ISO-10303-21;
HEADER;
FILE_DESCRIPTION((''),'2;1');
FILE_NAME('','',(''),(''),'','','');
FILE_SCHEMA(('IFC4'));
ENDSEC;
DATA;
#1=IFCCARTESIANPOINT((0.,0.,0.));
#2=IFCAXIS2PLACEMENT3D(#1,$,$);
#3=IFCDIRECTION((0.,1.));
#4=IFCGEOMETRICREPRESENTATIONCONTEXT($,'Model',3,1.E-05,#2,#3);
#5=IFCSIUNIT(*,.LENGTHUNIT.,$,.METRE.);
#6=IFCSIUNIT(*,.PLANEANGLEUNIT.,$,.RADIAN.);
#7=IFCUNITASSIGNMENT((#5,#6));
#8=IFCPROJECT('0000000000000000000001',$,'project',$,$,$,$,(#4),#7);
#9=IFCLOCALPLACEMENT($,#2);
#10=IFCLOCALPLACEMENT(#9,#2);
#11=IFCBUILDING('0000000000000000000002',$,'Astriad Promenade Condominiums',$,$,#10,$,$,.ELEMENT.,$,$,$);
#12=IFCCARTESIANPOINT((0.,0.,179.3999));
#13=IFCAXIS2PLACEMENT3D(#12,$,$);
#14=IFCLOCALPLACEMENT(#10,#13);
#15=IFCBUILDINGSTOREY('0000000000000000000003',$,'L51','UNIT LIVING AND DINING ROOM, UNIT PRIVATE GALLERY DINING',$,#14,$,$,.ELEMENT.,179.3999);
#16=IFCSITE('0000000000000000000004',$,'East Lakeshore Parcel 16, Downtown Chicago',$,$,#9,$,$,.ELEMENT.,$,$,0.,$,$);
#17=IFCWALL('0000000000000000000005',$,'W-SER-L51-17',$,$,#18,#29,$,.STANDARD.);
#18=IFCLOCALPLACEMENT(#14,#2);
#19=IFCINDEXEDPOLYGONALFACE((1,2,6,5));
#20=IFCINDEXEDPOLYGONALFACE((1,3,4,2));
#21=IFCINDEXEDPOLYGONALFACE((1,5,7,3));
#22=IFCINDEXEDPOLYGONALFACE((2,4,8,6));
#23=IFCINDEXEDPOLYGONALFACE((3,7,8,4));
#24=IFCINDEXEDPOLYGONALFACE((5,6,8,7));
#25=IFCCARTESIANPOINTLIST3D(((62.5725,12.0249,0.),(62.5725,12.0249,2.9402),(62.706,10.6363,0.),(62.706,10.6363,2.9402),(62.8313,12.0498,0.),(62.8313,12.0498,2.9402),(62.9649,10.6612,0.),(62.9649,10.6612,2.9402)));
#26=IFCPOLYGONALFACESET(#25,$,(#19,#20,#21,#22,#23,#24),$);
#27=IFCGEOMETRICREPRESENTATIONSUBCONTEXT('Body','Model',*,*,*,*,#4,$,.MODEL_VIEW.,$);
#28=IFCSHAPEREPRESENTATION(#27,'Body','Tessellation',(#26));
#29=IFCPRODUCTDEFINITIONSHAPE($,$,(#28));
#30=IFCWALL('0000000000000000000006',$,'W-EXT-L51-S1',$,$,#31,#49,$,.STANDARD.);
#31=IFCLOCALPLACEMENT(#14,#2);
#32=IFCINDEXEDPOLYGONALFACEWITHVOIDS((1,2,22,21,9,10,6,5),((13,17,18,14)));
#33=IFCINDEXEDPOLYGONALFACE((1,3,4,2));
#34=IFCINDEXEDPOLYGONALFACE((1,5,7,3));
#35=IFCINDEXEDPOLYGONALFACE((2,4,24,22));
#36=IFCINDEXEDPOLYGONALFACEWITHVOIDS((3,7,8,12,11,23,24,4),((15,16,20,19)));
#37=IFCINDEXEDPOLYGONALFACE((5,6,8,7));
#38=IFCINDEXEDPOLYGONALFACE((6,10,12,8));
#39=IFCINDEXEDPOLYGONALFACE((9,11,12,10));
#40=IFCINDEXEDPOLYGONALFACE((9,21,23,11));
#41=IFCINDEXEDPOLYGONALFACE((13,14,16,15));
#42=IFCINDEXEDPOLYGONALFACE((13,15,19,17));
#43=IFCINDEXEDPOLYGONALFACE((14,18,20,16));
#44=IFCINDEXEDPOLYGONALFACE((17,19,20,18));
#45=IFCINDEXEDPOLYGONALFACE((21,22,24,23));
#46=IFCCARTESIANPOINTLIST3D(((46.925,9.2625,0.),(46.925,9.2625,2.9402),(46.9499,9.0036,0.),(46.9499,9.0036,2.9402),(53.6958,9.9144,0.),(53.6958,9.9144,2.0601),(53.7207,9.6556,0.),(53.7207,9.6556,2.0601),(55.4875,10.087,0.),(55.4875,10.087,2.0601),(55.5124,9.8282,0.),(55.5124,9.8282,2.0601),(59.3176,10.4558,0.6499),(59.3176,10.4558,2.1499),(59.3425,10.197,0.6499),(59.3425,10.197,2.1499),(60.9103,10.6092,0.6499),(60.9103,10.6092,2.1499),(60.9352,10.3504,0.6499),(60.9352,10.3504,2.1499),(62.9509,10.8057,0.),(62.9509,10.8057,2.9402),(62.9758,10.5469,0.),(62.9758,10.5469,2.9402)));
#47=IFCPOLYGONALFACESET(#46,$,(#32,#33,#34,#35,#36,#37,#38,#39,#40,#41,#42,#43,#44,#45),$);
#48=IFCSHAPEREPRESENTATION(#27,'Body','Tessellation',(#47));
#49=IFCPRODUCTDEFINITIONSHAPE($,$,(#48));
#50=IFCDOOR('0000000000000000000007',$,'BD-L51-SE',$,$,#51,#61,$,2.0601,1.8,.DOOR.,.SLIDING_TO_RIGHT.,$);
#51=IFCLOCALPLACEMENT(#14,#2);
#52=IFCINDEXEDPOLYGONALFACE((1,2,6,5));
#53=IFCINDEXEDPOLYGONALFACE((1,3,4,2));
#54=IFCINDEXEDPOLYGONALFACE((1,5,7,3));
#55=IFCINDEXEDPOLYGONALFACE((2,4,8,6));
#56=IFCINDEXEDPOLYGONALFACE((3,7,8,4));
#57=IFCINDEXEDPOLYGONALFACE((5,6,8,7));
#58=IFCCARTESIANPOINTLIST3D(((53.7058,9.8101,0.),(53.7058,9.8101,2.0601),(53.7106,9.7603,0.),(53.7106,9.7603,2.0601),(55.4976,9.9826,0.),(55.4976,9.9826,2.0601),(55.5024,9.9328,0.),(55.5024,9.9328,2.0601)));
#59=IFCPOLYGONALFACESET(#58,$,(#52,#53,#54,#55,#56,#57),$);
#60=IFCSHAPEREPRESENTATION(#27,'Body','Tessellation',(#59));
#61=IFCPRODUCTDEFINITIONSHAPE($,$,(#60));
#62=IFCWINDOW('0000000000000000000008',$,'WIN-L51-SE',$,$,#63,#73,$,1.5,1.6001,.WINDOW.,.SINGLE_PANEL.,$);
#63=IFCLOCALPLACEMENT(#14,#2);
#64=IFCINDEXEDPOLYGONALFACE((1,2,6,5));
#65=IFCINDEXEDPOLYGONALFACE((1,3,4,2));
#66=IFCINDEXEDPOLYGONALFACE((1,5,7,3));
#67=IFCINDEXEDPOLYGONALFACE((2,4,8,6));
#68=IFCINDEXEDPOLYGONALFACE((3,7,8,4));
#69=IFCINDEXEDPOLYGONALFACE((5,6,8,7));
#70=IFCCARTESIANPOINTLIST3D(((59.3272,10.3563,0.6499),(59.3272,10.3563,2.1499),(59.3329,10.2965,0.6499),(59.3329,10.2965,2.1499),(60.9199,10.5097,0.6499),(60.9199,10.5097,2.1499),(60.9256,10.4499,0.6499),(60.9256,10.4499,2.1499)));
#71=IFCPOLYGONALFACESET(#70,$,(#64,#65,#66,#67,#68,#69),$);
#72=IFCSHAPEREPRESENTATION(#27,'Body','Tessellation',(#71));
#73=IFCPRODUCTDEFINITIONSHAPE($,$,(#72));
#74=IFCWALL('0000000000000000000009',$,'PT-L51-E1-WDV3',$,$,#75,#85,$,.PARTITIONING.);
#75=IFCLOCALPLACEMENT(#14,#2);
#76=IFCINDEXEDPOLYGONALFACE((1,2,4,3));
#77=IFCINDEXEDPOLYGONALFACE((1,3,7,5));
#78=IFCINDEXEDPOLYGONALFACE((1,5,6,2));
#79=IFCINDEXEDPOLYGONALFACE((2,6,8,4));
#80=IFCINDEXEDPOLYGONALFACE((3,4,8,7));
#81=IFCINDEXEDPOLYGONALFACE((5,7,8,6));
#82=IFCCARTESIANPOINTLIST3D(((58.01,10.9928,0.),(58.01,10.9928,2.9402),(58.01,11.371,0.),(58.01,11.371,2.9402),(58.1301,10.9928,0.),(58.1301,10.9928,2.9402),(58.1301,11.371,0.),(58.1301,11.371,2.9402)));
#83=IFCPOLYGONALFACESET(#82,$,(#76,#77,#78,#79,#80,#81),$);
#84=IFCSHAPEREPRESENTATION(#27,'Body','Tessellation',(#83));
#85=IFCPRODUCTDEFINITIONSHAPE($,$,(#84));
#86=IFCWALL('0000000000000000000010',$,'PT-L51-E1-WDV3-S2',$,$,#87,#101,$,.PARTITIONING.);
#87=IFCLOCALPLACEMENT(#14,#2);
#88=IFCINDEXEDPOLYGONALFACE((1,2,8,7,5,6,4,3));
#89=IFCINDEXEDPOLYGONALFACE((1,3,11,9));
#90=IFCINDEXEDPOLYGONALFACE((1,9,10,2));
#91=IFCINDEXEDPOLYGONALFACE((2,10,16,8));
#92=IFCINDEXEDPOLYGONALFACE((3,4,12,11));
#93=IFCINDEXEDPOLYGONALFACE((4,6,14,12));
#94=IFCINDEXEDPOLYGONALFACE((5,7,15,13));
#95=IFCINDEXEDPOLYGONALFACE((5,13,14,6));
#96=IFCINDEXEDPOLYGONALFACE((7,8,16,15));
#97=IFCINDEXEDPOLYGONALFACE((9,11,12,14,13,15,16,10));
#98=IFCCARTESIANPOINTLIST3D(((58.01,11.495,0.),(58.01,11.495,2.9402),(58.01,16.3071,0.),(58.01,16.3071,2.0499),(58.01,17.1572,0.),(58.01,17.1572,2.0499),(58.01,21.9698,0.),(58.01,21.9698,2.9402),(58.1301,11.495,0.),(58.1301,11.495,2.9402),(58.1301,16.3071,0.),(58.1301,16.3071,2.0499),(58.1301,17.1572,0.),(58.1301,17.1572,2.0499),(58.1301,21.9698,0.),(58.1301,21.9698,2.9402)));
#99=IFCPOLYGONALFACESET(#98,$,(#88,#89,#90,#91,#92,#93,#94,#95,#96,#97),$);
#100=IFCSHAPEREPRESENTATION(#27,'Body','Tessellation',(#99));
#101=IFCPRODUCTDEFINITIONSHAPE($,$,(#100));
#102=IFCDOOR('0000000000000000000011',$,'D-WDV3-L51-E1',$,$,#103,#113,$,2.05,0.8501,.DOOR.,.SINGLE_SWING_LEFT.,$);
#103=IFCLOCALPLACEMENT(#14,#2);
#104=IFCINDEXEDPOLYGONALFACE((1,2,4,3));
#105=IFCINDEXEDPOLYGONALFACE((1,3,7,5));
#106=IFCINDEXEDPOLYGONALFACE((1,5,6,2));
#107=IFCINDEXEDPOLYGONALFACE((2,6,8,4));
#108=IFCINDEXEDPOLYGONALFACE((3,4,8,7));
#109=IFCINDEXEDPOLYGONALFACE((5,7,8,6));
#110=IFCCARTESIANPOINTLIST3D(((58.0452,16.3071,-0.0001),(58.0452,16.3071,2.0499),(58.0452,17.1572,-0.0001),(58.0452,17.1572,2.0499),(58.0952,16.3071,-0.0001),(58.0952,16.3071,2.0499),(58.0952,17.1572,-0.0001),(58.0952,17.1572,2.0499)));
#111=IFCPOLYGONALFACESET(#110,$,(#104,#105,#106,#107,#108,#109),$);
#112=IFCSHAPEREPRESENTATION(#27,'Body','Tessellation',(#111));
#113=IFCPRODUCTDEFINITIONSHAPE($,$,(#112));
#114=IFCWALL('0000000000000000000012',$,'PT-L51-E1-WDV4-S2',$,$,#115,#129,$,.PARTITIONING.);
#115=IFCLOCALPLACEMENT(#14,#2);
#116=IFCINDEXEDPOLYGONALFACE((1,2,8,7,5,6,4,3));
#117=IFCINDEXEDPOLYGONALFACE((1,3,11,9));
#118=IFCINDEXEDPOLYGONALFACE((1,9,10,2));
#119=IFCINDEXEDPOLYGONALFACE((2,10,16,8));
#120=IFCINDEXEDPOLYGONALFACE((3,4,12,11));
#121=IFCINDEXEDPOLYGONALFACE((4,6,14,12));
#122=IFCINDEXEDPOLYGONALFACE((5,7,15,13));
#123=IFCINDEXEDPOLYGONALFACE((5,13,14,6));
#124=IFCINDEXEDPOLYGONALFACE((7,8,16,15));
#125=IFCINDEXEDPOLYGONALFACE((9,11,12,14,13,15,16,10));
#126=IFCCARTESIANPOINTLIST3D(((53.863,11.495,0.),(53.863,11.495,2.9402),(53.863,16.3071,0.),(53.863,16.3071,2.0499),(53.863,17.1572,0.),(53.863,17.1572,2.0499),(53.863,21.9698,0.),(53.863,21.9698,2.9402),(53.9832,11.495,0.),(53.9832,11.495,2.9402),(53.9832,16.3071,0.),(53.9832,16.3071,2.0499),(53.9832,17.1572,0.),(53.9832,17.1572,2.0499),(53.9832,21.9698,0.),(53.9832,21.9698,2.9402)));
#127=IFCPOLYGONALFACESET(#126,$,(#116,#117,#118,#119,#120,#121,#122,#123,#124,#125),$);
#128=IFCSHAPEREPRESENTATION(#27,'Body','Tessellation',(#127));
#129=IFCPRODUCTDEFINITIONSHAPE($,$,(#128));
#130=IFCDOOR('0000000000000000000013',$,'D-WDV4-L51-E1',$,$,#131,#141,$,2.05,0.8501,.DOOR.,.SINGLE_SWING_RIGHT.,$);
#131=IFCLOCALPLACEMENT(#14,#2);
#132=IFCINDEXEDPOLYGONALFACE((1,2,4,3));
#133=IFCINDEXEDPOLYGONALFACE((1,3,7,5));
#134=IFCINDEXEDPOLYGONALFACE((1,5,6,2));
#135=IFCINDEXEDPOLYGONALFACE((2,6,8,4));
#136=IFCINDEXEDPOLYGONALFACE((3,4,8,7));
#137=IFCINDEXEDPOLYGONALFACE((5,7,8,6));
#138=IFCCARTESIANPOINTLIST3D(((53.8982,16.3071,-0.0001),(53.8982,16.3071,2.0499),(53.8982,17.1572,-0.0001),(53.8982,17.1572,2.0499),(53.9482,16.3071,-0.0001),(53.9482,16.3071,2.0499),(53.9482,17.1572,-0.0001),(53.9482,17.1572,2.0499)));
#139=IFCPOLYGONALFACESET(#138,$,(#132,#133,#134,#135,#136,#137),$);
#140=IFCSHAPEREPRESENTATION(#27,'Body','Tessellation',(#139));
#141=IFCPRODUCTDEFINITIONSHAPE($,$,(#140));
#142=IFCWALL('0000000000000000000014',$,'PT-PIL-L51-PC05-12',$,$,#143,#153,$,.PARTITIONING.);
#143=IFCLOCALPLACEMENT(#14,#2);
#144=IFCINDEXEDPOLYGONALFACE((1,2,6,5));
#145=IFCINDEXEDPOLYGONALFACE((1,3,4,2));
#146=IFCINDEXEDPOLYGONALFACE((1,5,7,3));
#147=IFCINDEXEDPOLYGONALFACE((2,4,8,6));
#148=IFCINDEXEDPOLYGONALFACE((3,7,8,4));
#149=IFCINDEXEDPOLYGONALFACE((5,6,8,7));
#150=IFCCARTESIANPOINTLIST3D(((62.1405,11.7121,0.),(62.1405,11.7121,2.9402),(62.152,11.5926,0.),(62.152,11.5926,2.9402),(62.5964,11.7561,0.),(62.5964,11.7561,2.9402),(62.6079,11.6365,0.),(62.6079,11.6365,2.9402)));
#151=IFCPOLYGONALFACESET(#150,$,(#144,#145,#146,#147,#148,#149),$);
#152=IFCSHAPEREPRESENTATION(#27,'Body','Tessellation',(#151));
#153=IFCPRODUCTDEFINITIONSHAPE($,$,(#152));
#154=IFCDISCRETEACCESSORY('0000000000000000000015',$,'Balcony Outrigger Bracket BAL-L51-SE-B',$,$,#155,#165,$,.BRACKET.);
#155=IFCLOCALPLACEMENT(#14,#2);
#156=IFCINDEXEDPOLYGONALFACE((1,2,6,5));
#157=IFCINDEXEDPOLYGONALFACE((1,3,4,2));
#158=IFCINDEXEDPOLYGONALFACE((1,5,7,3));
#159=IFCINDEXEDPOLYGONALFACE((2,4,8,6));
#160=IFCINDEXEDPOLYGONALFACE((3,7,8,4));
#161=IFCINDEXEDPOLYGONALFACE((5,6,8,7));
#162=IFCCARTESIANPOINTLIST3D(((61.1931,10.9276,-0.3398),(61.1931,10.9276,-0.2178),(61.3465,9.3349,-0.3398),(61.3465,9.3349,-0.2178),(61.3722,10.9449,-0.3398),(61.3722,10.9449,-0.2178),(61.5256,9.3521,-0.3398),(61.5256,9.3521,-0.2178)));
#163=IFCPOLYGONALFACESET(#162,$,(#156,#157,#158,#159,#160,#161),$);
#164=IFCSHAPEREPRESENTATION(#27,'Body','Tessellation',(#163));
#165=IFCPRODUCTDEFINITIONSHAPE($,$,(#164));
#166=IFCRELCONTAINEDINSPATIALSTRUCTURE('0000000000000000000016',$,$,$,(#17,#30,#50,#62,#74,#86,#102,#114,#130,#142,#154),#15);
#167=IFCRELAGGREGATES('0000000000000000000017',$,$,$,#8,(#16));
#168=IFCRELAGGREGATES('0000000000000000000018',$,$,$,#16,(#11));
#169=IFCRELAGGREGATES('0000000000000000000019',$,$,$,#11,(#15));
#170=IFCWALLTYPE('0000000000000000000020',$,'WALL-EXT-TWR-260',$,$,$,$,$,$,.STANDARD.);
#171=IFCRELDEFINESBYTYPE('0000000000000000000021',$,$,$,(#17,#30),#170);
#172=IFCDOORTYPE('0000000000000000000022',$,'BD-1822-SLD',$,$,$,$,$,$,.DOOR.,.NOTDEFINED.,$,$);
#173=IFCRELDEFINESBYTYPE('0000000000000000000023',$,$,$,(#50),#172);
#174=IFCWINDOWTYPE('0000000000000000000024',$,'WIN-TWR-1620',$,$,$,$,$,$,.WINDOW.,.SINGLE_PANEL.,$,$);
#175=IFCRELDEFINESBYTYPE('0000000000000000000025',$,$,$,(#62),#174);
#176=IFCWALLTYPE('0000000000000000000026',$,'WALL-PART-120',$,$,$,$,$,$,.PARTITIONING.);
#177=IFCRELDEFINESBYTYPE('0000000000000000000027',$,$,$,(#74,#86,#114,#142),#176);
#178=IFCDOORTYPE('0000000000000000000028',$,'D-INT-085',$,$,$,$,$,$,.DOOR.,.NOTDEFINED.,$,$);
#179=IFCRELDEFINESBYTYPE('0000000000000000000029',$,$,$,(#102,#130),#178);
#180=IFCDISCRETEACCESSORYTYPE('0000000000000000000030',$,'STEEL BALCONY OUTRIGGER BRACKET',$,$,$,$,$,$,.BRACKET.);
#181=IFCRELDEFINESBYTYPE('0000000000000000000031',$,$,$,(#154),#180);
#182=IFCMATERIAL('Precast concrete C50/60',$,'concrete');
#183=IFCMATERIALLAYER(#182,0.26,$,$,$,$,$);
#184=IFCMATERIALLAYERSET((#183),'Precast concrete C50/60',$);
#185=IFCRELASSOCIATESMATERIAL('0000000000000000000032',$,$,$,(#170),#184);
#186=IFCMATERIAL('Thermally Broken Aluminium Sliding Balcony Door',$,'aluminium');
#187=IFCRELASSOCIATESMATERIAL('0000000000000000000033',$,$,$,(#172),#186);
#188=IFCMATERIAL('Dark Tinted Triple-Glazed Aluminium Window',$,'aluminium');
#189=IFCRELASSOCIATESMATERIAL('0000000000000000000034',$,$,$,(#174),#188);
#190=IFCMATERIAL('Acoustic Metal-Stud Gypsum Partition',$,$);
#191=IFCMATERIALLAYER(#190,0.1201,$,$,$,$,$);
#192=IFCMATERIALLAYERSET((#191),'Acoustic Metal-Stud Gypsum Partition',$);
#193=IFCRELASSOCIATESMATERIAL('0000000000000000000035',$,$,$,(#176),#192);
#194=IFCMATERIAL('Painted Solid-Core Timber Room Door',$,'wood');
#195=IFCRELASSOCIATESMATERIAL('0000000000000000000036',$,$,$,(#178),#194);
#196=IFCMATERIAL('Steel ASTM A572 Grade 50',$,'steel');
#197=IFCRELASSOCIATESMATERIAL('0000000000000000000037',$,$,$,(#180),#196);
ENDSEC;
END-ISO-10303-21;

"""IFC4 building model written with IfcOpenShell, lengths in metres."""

from ifc_helpers import new_model, si_unit, direction, frame, frame_2d, origin, origin_2d, place, context, subcontext, project, spatial, rectangle, extrude, source, transform, mapped, material, layer, layer_set, type_object, type_shapes, element, fill, save


model = new_model("IFC4")

# Units and contexts
model_context = context("Model", 3, precision=1e-05, world=origin(), true_north=direction((0.0, 1.0)))
body_context = subcontext(model_context, "Body", "Model", "MODEL_VIEW")
ifc_project = project(units=[si_unit("LENGTHUNIT", "METRE"), si_unit("PLANEANGLEUNIT", "RADIAN")], contexts=[model_context])

# Site, building, storey
site_placement = place(None, origin())
site = spatial("IfcSite", under=ifc_project, at=site_placement, Name="East Lakeshore Parcel 16, Downtown Chicago", CompositionType="ELEMENT", RefElevation=0.0)
building_placement = place(site_placement, origin())
building = spatial("IfcBuilding", under=site, at=building_placement, Name="Astriad Promenade Condominiums", CompositionType="ELEMENT")
storey_placement = place(building_placement, frame((0.0, 0.0, 179.3999)))
storey = spatial("IfcBuildingStorey", under=building, at=storey_placement, Name="L51", Description="UNIT LIVING AND DINING ROOM, UNIT PRIVATE GALLERY DINING", CompositionType="ELEMENT", Elevation=179.3999)

# Wall
ifc_material_1 = material(Name="Precast concrete C50/60", Category="concrete")
ifc_layer_1 = layer(ifc_material_1, 0.26)
ifc_layer_set_1 = layer_set([ifc_layer_1], Name="Precast concrete C50/60")
wall_type_1 = type_object("IfcWallType", Name="WALL-EXT-TWR-260", PredefinedType="STANDARD", material=ifc_layer_set_1)
for number, where, z_axis, x_axis, name in (
    (1, (62.7019, 12.0374, 0.0), (0.0, 0.0, 1.0), (0.095726, -0.995408, 0.0), "W-SER-L51-17"),
):
    element("IfcWall", number, at=place(storey_placement, frame(where, z_axis=z_axis, x_axis=x_axis)), inside=storey, type_object=wall_type_1, Name=name, PredefinedType="STANDARD", context=body_context, shape_type="SweptSolid", body=[
        extrude(rectangle(XDim=1.395, YDim=0.26, at=frame_2d((0.6975, 0.0))), origin(), (0.0, 0.0, 1.0), 2.9402),
    ])

# Wall, openings, door, window
wall_1_placement = place(storey_placement, frame((62.9634, 10.6763, 0.0), z_axis=(0.0, 0.0, 1.0), x_axis=(-0.995396, -0.095852, 0.0)))
wall_1 = element("IfcWall", 2, at=wall_1_placement, inside=storey, type_object=wall_type_1, Name="W-EXT-L51-S1", PredefinedType="STANDARD", context=body_context, shape_type="SweptSolid", body=[
    extrude(rectangle(XDim=16.1001, YDim=0.26, at=frame_2d((8.05, 0.0))), origin(), (0.0, 0.0, 1.0), 2.9402),
])
opening_1_placement = place(wall_1_placement, frame((7.498, 0.0, 0.0)))
opening_1 = element("IfcOpeningElement", 3, at=opening_1_placement, cuts=wall_1, PredefinedType="OPENING", context=body_context, shape_type="SweptSolid", body=[
    extrude(rectangle(XDim=1.8, YDim=2.0601, at=frame_2d((0.8999, 1.03))), frame((0.0, 0.1399, 0.0), z_axis=(0.0, -1.0, 0.0), x_axis=(1.0, 0.0, 0.0)), (0.0, 0.0, 1.0), 0.28),
])
opening_2_placement = place(wall_1_placement, frame((2.05, 0.0, 0.6499)))
opening_2 = element("IfcOpeningElement", 4, at=opening_2_placement, cuts=wall_1, PredefinedType="OPENING", context=body_context, shape_type="SweptSolid", body=[
    extrude(rectangle(XDim=1.6001, YDim=1.5, at=frame_2d((0.8, 0.75))), frame((0.0, 0.1399, 0.0), z_axis=(0.0, -1.0, 0.0), x_axis=(1.0, 0.0, 0.0)), (0.0, 0.0, 1.0), 0.28),
])
ifc_material_2 = material(Name="Thermally Broken Aluminium Sliding Balcony Door", Category="aluminium")
door_type_1 = type_object("IfcDoorType", Name="BD-1822-SLD", OperationType="NOTDEFINED", PredefinedType="DOOR", material=ifc_material_2)
shared_shape_1 = source(origin(), body_context, "Body", "SweptSolid", [
    extrude(rectangle(XDim=1.8, YDim=2.0601, at=frame_2d((0.8999, 1.03))), frame((0.0, 0.0249, 0.0), z_axis=(0.0, -1.0, 0.0), x_axis=(1.0, 0.0, 0.0)), (0.0, 0.0, 1.0), 0.05),
])
type_shapes(door_type_1, [shared_shape_1])
door_1_placement = place(opening_1_placement, origin())
door_1 = element("IfcDoor", 5, at=door_1_placement, inside=storey, type_object=door_type_1, Name="BD-L51-SE", OperationType="SLIDING_TO_RIGHT", OverallHeight=2.0601, OverallWidth=1.8, PredefinedType="DOOR", context=body_context, shape_type="MappedRepresentation", body=[
    mapped(shared_shape_1, transform((0.0, 0.0, 0.0), scale=1.0)),
])
fill(opening_1, door_1)
ifc_material_3 = material(Name="Dark Tinted Triple-Glazed Aluminium Window", Category="aluminium")
window_type = type_object("IfcWindowType", Name="WIN-TWR-1620", PartitioningType="SINGLE_PANEL", PredefinedType="WINDOW", material=ifc_material_3)
shared_shape_2 = source(origin(), body_context, "Body", "SweptSolid", [
    extrude(rectangle(XDim=1.6001, YDim=1.5, at=frame_2d((0.8, 0.75))), frame((0.0, 0.03, 0.0), z_axis=(0.0, -1.0, 0.0), x_axis=(1.0, 0.0, 0.0)), (0.0, 0.0, 1.0), 0.0601),
])
type_shapes(window_type, [shared_shape_2])
window_placement = place(opening_2_placement, origin())
window = element("IfcWindow", 6, at=window_placement, inside=storey, type_object=window_type, Name="WIN-L51-SE", OverallHeight=1.5, OverallWidth=1.6001, PartitioningType="SINGLE_PANEL", PredefinedType="WINDOW", context=body_context, shape_type="MappedRepresentation", body=[
    mapped(shared_shape_2, transform((0.0, 0.0, 0.0), scale=1.0)),
])
fill(opening_2, window)

# Wall
ifc_material_4 = material(Name="Acoustic Metal-Stud Gypsum Partition")
ifc_layer_2 = layer(ifc_material_4, 0.1201)
ifc_layer_set_2 = layer_set([ifc_layer_2], Name="Acoustic Metal-Stud Gypsum Partition")
wall_type_2 = type_object("IfcWallType", Name="WALL-PART-120", PredefinedType="PARTITIONING", material=ifc_layer_set_2)
wall_2_placement = place(storey_placement, frame((58.0701, 10.9929, 0.0), z_axis=(0.0, 0.0, 1.0), x_axis=(0.0, 1.0, 0.0)))
element("IfcWall", 7, at=wall_2_placement, inside=storey, type_object=wall_type_2, Name="PT-L51-E1-WDV3", PredefinedType="PARTITIONING", context=body_context, shape_type="SweptSolid", body=[
    extrude(rectangle(XDim=0.3782, YDim=0.1201, at=frame_2d((0.189, 0.0))), origin(), (0.0, 0.0, 1.0), 2.9402),
])

# Walls, openings, doors
wall_3_placement = place(storey_placement, frame((58.0701, 11.4951, 0.0), z_axis=(0.0, 0.0, 1.0), x_axis=(0.0, 1.0, 0.0)))
wall_3 = element("IfcWall", 8, at=wall_3_placement, inside=storey, type_object=wall_type_2, Name="PT-L51-E1-WDV3-S2", PredefinedType="PARTITIONING", context=body_context, shape_type="SweptSolid", body=[
    extrude(rectangle(XDim=10.4749, YDim=0.1201, at=frame_2d((5.2373, 0.0))), origin(), (0.0, 0.0, 1.0), 2.9402),
])
opening_3_placement = place(wall_3_placement, frame((4.812, 0.0, 0.0)))
opening_3 = element("IfcOpeningElement", 9, at=opening_3_placement, cuts=wall_3, PredefinedType="OPENING", context=body_context, shape_type="SweptSolid", body=[
    extrude(rectangle(XDim=0.8501, YDim=2.05, at=frame_2d((0.425, 1.0249))), frame((0.0, 0.0701, 0.0), z_axis=(0.0, -1.0, 0.0), x_axis=(1.0, 0.0, 0.0)), (0.0, 0.0, 1.0), 0.1401),
])
ifc_material_5 = material(Name="Painted Solid-Core Timber Room Door", Category="wood")
door_type_2 = type_object("IfcDoorType", Name="D-INT-085", OperationType="NOTDEFINED", PredefinedType="DOOR", material=ifc_material_5)
shared_shape_3 = source(origin(), body_context, "Body", "SweptSolid", [
    extrude(rectangle(XDim=0.8501, YDim=2.05, at=frame_2d((0.425, 1.0249))), frame((0.0, 0.0249, 0.0), z_axis=(0.0, -1.0, 0.0), x_axis=(1.0, 0.0, 0.0)), (0.0, 0.0, 1.0), 0.05),
])
type_shapes(door_type_2, [shared_shape_3])
door_2_placement = place(opening_3_placement, origin())
door_2 = element("IfcDoor", 10, at=door_2_placement, inside=storey, type_object=door_type_2, Name="D-WDV3-L51-E1", OperationType="SINGLE_SWING_LEFT", OverallHeight=2.05, OverallWidth=0.8501, PredefinedType="DOOR", context=body_context, shape_type="MappedRepresentation", body=[
    mapped(shared_shape_3, transform((0.0, 0.0, 0.0), scale=1.0)),
])
fill(opening_3, door_2)
wall_4_placement = place(storey_placement, frame((53.9231, 11.4951, 0.0), z_axis=(0.0, 0.0, 1.0), x_axis=(0.0, 1.0, 0.0)))
wall_4 = element("IfcWall", 11, at=wall_4_placement, inside=storey, type_object=wall_type_2, Name="PT-L51-E1-WDV4-S2", PredefinedType="PARTITIONING", context=body_context, shape_type="SweptSolid", body=[
    extrude(rectangle(XDim=10.4749, YDim=0.1201, at=frame_2d((5.2373, 0.0))), origin(), (0.0, 0.0, 1.0), 2.9402),
])
opening_4_placement = place(wall_4_placement, frame((4.812, 0.0, 0.0)))
opening_4 = element("IfcOpeningElement", 12, at=opening_4_placement, cuts=wall_4, PredefinedType="OPENING", context=body_context, shape_type="SweptSolid", body=[
    extrude(rectangle(XDim=0.8501, YDim=2.05, at=frame_2d((0.425, 1.0249))), frame((0.0, 0.0701, 0.0), z_axis=(0.0, -1.0, 0.0), x_axis=(1.0, 0.0, 0.0)), (0.0, 0.0, 1.0), 0.1401),
])
door_3_placement = place(opening_4_placement, origin())
door_3 = element("IfcDoor", 13, at=door_3_placement, inside=storey, type_object=door_type_2, Name="D-WDV4-L51-E1", OperationType="SINGLE_SWING_RIGHT", OverallHeight=2.05, OverallWidth=0.8501, PredefinedType="DOOR", context=body_context, shape_type="MappedRepresentation", body=[
    mapped(shared_shape_3, transform((0.0, 0.0, 0.0), scale=1.0)),
])
fill(opening_4, door_3)

# Wall
wall_5_placement = place(storey_placement, frame((62.1462, 11.6523, 0.0), z_axis=(0.0, 0.0, 1.0), x_axis=(0.995385, 0.095966, 0.0)))
element("IfcWall", 14, at=wall_5_placement, inside=storey, type_object=wall_type_2, Name="PT-PIL-L51-PC05-12", PredefinedType="PARTITIONING", context=body_context, shape_type="SweptSolid", body=[
    extrude(rectangle(XDim=0.458, YDim=0.1201, at=frame_2d((0.229, 0.0))), origin(), (0.0, 0.0, 1.0), 2.9402),
])

# Discrete accessory
ifc_material_6 = material(Name="Steel ASTM A572 Grade 50", Category="steel")
discrete_accessory_type = type_object("IfcDiscreteAccessoryType", Name="STEEL BALCONY OUTRIGGER BRACKET", PredefinedType="BRACKET", material=ifc_material_6)
shared_shape_4 = source(origin(), body_context, "Body", "SweptSolid", [
    extrude(rectangle(XDim=1.6001, YDim=0.1799, at=origin_2d()), origin(), (0.0, 0.0, 1.0), 0.1221),
])
type_shapes(discrete_accessory_type, [shared_shape_4])
discrete_accessory_placement = place(storey_placement, frame((61.3594, 10.1399, -0.3398), z_axis=(0.0, 0.0, 1.0), x_axis=(0.095846, -0.995396, 0.0)))
element("IfcDiscreteAccessory", 15, at=discrete_accessory_placement, inside=storey, type_object=discrete_accessory_type, Name="Balcony Outrigger Bracket BAL-L51-SE-B", PredefinedType="BRACKET", context=body_context, shape_type="MappedRepresentation", body=[
    mapped(shared_shape_4, transform((0.0, 0.0, 0.0), scale=1.0)),
])

save(model, "model.ifc")
